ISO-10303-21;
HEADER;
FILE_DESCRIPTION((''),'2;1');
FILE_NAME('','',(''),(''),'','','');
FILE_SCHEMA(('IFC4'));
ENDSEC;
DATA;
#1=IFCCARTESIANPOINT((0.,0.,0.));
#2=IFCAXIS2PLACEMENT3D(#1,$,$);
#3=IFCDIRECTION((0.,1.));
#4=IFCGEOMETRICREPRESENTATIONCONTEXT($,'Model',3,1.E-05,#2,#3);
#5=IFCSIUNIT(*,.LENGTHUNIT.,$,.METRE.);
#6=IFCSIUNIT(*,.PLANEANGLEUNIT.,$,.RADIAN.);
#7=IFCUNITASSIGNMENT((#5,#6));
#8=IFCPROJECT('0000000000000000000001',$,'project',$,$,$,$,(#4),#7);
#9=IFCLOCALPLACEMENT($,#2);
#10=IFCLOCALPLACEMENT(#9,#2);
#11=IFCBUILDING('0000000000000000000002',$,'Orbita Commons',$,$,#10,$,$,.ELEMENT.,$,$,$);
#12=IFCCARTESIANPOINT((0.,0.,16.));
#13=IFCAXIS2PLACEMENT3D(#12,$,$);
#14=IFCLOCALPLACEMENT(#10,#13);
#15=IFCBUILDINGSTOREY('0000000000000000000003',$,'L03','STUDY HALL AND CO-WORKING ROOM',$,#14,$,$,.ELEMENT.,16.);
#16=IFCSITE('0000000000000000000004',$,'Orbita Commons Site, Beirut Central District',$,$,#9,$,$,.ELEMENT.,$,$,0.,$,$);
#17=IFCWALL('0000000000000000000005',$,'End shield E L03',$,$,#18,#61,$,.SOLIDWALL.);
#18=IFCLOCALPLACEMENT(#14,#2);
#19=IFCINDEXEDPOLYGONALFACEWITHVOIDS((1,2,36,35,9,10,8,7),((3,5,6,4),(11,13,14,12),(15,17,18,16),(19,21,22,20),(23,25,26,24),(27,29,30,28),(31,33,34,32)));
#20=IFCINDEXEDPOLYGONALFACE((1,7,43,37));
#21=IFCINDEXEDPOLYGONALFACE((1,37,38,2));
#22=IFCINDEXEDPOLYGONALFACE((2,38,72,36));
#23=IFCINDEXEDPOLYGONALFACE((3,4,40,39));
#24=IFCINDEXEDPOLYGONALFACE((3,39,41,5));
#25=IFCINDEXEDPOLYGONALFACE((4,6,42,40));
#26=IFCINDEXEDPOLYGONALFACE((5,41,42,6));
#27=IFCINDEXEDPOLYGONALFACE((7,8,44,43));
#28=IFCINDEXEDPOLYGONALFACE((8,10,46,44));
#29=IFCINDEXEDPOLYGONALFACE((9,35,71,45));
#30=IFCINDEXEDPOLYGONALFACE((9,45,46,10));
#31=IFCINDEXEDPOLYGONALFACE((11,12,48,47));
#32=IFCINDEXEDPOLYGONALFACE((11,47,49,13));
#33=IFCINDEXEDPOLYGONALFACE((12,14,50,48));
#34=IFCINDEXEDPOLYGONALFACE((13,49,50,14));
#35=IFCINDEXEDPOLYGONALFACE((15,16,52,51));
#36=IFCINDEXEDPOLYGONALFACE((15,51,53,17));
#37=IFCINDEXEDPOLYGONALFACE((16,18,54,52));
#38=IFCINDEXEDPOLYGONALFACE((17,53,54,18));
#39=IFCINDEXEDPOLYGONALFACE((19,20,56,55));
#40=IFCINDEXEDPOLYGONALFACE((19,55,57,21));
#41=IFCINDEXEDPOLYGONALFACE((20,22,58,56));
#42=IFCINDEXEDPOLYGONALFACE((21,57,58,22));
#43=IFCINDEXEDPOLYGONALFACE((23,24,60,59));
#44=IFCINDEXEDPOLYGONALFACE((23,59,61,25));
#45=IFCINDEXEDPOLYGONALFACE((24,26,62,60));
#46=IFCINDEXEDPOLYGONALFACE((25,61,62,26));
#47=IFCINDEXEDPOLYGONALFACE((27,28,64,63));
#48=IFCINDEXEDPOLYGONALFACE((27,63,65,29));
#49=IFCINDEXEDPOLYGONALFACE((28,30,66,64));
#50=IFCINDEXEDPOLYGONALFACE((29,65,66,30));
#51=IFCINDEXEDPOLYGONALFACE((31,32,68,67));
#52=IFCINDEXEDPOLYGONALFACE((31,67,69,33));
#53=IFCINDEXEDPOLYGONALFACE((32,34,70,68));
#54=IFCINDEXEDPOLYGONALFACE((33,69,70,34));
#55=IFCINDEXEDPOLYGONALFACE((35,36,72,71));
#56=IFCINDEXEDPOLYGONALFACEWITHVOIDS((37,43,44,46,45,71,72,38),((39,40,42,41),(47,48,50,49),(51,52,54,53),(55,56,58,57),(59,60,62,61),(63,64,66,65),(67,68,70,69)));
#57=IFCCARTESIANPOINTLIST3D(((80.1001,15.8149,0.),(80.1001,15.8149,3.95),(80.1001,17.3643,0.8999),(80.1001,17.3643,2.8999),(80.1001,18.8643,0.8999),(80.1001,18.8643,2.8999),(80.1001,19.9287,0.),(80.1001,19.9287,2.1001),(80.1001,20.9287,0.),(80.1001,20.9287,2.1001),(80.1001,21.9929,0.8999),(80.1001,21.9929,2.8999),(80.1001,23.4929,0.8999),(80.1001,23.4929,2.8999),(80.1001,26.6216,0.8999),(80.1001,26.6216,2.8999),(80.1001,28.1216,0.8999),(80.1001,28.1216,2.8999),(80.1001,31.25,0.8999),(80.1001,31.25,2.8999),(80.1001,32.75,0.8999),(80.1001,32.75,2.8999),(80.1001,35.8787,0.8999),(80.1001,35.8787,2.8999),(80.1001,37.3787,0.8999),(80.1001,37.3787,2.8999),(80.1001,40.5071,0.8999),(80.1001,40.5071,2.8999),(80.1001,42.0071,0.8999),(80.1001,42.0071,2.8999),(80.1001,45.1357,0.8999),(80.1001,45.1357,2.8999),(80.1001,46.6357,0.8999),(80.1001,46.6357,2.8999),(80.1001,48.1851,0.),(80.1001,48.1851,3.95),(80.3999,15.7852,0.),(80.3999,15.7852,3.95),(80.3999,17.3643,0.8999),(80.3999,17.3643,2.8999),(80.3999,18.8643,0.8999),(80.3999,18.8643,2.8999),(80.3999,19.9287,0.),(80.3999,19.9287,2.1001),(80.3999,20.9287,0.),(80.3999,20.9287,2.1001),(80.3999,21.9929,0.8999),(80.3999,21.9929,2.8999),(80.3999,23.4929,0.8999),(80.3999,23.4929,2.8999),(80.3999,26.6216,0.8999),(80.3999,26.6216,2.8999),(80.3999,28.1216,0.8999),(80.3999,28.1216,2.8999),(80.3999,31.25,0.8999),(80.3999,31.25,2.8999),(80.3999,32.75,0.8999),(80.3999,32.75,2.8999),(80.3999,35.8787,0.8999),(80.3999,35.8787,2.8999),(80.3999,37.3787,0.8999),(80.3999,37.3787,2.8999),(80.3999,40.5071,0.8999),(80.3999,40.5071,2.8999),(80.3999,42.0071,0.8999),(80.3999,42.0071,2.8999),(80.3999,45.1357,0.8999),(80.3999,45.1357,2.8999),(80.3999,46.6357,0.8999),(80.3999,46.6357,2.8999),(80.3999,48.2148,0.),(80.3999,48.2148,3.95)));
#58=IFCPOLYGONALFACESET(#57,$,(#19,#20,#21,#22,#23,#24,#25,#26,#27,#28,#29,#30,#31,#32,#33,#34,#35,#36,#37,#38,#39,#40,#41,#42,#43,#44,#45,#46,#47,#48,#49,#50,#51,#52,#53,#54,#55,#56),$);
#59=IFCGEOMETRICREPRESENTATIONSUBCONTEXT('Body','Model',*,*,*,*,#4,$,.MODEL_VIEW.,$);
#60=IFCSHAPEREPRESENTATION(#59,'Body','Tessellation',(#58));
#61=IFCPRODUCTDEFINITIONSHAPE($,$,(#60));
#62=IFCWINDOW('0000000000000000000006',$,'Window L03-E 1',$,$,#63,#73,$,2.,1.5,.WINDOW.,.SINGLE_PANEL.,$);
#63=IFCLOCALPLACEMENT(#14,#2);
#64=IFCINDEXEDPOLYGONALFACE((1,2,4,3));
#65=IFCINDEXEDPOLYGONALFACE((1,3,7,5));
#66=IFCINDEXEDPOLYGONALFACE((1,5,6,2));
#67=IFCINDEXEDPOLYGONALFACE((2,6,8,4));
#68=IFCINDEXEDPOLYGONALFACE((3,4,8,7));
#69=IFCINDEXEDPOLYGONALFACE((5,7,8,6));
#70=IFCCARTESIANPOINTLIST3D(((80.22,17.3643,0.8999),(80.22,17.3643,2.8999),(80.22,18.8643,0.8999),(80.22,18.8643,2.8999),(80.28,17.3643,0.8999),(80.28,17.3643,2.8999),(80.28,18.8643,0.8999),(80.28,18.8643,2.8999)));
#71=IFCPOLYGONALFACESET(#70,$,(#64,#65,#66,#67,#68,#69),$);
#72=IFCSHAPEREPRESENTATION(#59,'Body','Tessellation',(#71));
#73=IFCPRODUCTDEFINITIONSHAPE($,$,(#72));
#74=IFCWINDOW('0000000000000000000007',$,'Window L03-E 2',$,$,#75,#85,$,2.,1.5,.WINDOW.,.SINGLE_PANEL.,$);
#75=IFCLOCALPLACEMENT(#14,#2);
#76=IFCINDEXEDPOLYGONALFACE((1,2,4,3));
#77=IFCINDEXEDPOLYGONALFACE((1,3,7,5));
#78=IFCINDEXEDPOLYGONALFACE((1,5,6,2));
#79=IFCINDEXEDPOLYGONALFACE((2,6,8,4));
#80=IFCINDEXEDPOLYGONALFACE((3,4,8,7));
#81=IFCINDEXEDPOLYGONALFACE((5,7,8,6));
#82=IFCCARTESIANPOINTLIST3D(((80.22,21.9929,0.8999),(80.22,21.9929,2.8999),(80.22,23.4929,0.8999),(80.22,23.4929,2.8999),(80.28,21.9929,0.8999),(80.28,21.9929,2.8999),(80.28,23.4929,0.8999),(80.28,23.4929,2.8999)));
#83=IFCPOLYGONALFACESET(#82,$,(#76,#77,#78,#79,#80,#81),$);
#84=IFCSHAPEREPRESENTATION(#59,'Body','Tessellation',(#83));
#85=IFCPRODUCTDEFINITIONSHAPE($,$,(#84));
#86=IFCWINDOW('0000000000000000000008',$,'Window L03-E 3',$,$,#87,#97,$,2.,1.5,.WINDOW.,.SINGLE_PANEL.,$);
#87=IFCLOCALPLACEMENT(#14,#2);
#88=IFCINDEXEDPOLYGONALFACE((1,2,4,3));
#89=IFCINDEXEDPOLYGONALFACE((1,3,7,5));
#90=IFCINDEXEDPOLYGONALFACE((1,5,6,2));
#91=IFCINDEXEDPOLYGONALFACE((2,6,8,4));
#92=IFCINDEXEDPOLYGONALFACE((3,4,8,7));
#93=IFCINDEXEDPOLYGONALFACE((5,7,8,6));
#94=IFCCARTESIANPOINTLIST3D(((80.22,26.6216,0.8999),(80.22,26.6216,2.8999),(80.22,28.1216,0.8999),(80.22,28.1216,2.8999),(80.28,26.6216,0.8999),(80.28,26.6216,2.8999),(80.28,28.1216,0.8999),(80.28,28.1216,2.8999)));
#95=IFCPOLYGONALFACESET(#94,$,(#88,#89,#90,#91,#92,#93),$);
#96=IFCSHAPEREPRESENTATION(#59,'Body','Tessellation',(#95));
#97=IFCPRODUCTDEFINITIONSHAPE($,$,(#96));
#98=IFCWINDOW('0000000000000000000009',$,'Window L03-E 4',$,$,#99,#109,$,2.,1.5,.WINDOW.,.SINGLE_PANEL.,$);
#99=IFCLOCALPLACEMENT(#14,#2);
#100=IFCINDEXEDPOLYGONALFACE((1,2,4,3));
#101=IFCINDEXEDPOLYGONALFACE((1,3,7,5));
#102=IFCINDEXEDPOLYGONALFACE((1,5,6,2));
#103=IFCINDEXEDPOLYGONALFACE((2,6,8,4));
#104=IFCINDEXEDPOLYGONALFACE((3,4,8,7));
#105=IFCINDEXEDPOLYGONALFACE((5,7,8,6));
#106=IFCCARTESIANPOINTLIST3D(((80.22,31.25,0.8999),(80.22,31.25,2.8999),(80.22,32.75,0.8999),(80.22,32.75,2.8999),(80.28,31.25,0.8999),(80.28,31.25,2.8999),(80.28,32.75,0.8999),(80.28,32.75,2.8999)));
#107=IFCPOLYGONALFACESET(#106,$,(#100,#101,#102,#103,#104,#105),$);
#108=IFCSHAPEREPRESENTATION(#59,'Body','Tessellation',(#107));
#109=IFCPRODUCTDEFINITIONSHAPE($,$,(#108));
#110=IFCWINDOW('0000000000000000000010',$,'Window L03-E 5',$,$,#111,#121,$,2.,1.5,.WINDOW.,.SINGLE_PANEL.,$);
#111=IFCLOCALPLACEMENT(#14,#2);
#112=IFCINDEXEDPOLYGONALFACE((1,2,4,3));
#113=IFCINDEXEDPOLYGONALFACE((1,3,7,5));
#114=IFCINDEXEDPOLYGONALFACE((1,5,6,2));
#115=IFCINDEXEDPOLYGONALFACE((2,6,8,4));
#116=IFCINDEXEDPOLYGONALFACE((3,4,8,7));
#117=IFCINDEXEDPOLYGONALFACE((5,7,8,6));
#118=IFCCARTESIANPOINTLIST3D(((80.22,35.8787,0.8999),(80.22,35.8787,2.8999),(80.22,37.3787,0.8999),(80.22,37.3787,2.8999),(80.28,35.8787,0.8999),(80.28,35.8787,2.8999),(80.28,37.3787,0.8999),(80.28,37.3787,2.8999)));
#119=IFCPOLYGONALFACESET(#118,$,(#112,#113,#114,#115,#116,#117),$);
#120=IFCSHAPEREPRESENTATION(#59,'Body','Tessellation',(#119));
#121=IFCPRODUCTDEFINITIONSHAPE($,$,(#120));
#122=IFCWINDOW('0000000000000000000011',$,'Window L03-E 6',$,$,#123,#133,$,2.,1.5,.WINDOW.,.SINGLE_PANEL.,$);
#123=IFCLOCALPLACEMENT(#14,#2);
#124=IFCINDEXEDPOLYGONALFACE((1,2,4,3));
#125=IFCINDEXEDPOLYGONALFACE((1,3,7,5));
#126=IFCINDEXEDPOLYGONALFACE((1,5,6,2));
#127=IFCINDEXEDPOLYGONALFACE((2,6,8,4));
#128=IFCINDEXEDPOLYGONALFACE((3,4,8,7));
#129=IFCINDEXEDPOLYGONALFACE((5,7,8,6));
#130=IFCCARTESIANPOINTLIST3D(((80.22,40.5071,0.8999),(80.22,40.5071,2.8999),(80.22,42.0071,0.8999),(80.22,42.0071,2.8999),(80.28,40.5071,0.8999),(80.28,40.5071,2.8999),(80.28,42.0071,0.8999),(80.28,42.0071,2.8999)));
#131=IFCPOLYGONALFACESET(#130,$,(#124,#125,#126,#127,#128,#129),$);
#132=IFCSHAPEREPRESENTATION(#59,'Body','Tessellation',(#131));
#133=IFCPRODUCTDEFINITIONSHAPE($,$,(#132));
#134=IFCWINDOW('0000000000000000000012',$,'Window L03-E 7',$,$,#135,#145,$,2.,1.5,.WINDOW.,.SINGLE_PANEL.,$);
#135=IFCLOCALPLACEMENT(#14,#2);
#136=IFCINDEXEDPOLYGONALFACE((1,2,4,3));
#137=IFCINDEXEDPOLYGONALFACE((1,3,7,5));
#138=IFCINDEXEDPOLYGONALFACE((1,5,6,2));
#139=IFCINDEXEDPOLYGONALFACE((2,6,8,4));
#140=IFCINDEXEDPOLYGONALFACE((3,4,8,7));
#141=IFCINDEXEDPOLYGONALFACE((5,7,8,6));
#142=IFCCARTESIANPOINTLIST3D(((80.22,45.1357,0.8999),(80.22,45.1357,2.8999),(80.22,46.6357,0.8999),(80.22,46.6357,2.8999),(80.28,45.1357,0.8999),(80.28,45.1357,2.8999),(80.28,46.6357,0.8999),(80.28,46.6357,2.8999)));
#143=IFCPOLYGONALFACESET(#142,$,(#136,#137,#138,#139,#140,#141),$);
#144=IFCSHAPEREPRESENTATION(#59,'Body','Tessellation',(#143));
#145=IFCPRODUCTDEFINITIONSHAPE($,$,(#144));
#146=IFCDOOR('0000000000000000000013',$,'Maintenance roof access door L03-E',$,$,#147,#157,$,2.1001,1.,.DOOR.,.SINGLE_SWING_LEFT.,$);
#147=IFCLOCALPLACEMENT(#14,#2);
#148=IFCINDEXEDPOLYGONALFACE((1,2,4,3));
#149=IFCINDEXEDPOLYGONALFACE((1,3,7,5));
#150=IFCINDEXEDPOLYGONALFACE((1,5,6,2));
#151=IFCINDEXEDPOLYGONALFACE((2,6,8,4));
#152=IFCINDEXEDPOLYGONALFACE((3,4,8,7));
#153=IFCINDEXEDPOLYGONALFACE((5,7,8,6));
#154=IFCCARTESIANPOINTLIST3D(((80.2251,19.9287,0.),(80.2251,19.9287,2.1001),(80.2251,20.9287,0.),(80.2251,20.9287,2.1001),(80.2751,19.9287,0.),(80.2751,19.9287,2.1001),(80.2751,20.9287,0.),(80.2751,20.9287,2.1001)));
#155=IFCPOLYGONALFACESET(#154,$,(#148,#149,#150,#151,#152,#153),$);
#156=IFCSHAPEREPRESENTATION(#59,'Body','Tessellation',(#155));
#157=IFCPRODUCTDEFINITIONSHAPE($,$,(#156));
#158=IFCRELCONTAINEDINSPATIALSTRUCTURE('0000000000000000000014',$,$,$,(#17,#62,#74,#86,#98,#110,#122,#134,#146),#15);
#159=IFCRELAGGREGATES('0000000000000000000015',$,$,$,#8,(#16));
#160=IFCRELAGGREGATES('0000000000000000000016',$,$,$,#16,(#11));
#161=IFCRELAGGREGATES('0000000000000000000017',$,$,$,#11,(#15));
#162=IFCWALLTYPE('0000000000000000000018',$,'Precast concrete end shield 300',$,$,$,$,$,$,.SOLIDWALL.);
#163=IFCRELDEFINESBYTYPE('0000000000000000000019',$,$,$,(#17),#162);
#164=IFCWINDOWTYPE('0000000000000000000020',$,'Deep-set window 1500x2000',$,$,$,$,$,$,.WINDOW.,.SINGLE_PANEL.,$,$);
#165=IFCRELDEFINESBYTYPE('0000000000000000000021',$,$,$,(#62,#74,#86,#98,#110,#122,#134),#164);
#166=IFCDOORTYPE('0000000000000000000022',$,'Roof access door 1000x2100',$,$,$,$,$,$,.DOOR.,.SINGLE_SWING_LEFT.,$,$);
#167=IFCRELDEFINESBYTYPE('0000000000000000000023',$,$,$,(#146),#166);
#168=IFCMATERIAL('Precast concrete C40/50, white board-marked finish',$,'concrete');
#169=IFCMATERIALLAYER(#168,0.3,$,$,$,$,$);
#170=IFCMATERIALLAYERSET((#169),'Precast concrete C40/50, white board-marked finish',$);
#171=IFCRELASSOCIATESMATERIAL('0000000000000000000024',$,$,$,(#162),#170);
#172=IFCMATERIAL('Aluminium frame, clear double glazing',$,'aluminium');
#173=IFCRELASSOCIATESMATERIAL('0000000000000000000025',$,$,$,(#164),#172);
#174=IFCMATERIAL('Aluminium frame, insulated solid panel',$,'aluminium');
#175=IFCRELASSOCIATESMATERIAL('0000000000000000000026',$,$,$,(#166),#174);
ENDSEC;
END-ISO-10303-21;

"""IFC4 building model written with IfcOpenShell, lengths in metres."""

from ifc_helpers import new_model, si_unit, direction, frame, frame_2d, origin, place, context, subcontext, project, spatial, polyline, rectangle, outline, extrude, material, layer, layer_set, type_object, element, fill, save


model = new_model("IFC4")

# Units and contexts
model_context = context("Model", 3, precision=1e-05, world=origin(), true_north=direction((0.0, 1.0)))
body_context = subcontext(model_context, "Body", "Model", "MODEL_VIEW")
ifc_project = project(units=[si_unit("LENGTHUNIT", "METRE"), si_unit("PLANEANGLEUNIT", "RADIAN")], contexts=[model_context])

# Site, building, storey
site_placement = place(None, origin())
site = spatial("IfcSite", under=ifc_project, at=site_placement, Name="Orbita Commons Site, Beirut Central District", CompositionType="ELEMENT", RefElevation=0.0)
building_placement = place(site_placement, origin())
building = spatial("IfcBuilding", under=site, at=building_placement, Name="Orbita Commons", CompositionType="ELEMENT")
storey_placement = place(building_placement, frame((0.0, 0.0, 16.0)))
storey = spatial("IfcBuildingStorey", under=building, at=storey_placement, Name="L03", Description="STUDY HALL AND CO-WORKING ROOM", CompositionType="ELEMENT", Elevation=16.0)

# Wall, openings, windows, door
ifc_material_1 = material(Name="Precast concrete C40/50, white board-marked finish", Category="concrete")
ifc_layer_1 = layer(ifc_material_1, 0.3)
ifc_layer_set_1 = layer_set([ifc_layer_1], Name="Precast concrete C40/50, white board-marked finish")
wall_type_1 = type_object("IfcWallType", Name="Precast concrete end shield 300", PredefinedType="SOLIDWALL", material=ifc_layer_set_1)
wall_1_placement = place(storey_placement, frame((80.25, 15.8, 0.0), z_axis=(0.0, 0.0, 1.0), x_axis=(0.0, 1.0, 0.0)))
wall_1 = element("IfcWall", 1, at=wall_1_placement, inside=storey, type_object=wall_type_1, Name="End shield E L03", PredefinedType="SOLIDWALL", context=body_context, shape_type="SweptSolid", body=[
    extrude(outline(polyline([(-0.0149, -0.1499), (32.4148, -0.1499), (32.385, 0.1499), (0.0149, 0.1499), (-0.0149, -0.1499)])), origin(), (0.0, 0.0, 1.0), 3.95),
])
opening_1_placement = place(wall_1_placement, frame((1.5642, 0.0, 0.8999)))
opening_1 = element("IfcOpeningElement", 2, at=opening_1_placement, cuts=wall_1, PredefinedType="OPENING", context=body_context, shape_type="SweptSolid", body=[
    extrude(rectangle(XDim=1.5, YDim=2.0, at=frame_2d((0.75, 1.0))), frame((0.0, 0.1599, 0.0), z_axis=(0.0, -1.0, 0.0), x_axis=(1.0, 0.0, 0.0)), (0.0, 0.0, 1.0), 0.3201),
])
opening_2_placement = place(wall_1_placement, frame((6.1929, 0.0, 0.8999)))
opening_2 = element("IfcOpeningElement", 3, at=opening_2_placement, cuts=wall_1, PredefinedType="OPENING", context=body_context, shape_type="SweptSolid", body=[
    extrude(rectangle(XDim=1.5, YDim=2.0, at=frame_2d((0.75, 1.0))), frame((0.0, 0.1599, 0.0), z_axis=(0.0, -1.0, 0.0), x_axis=(1.0, 0.0, 0.0)), (0.0, 0.0, 1.0), 0.3201),
])
opening_3_placement = place(wall_1_placement, frame((10.8215, 0.0, 0.8999)))
opening_3 = element("IfcOpeningElement", 4, at=opening_3_placement, cuts=wall_1, PredefinedType="OPENING", context=body_context, shape_type="SweptSolid", body=[
    extrude(rectangle(XDim=1.5, YDim=2.0, at=frame_2d((0.75, 1.0))), frame((0.0, 0.1599, 0.0), z_axis=(0.0, -1.0, 0.0), x_axis=(1.0, 0.0, 0.0)), (0.0, 0.0, 1.0), 0.3201),
])
opening_4_placement = place(wall_1_placement, frame((15.45, 0.0, 0.8999)))
opening_4 = element("IfcOpeningElement", 5, at=opening_4_placement, cuts=wall_1, PredefinedType="OPENING", context=body_context, shape_type="SweptSolid", body=[
    extrude(rectangle(XDim=1.5, YDim=2.0, at=frame_2d((0.75, 1.0))), frame((0.0, 0.1599, 0.0), z_axis=(0.0, -1.0, 0.0), x_axis=(1.0, 0.0, 0.0)), (0.0, 0.0, 1.0), 0.3201),
])
opening_5_placement = place(wall_1_placement, frame((20.0786, 0.0, 0.8999)))
opening_5 = element("IfcOpeningElement", 6, at=opening_5_placement, cuts=wall_1, PredefinedType="OPENING", context=body_context, shape_type="SweptSolid", body=[
    extrude(rectangle(XDim=1.5, YDim=2.0, at=frame_2d((0.75, 1.0))), frame((0.0, 0.1599, 0.0), z_axis=(0.0, -1.0, 0.0), x_axis=(1.0, 0.0, 0.0)), (0.0, 0.0, 1.0), 0.3201),
])
opening_6_placement = place(wall_1_placement, frame((24.707, 0.0, 0.8999)))
opening_6 = element("IfcOpeningElement", 7, at=opening_6_placement, cuts=wall_1, PredefinedType="OPENING", context=body_context, shape_type="SweptSolid", body=[
    extrude(rectangle(XDim=1.5, YDim=2.0, at=frame_2d((0.75, 1.0))), frame((0.0, 0.1599, 0.0), z_axis=(0.0, -1.0, 0.0), x_axis=(1.0, 0.0, 0.0)), (0.0, 0.0, 1.0), 0.3201),
])
opening_7_placement = place(wall_1_placement, frame((29.3357, 0.0, 0.8999)))
opening_7 = element("IfcOpeningElement", 8, at=opening_7_placement, cuts=wall_1, PredefinedType="OPENING", context=body_context, shape_type="SweptSolid", body=[
    extrude(rectangle(XDim=1.5, YDim=2.0, at=frame_2d((0.75, 1.0))), frame((0.0, 0.1599, 0.0), z_axis=(0.0, -1.0, 0.0), x_axis=(1.0, 0.0, 0.0)), (0.0, 0.0, 1.0), 0.3201),
])
opening_8_placement = place(wall_1_placement, frame((4.1287, 0.0, 0.0)))
opening_8 = element("IfcOpeningElement", 9, at=opening_8_placement, cuts=wall_1, PredefinedType="OPENING", context=body_context, shape_type="SweptSolid", body=[
    extrude(rectangle(XDim=1.0, YDim=2.1001, at=frame_2d((0.5, 1.05))), frame((0.0, 0.1599, 0.0), z_axis=(0.0, -1.0, 0.0), x_axis=(1.0, 0.0, 0.0)), (0.0, 0.0, 1.0), 0.3201),
])
ifc_material_2 = material(Name="Aluminium frame, clear double glazing", Category="aluminium")
window_type = type_object("IfcWindowType", Name="Deep-set window 1500x2000", PartitioningType="SINGLE_PANEL", PredefinedType="WINDOW", material=ifc_material_2)
window_1_placement = place(opening_1_placement, origin())
window_1 = element("IfcWindow", 10, at=window_1_placement, inside=storey, type_object=window_type, Name="Window L03-E 1", OverallHeight=2.0, OverallWidth=1.5, PartitioningType="SINGLE_PANEL", PredefinedType="WINDOW", context=body_context, shape_type="SweptSolid", body=[
    extrude(rectangle(XDim=1.5, YDim=2.0, at=frame_2d((0.75, 1.0))), frame((0.0, 0.03, 0.0), z_axis=(0.0, -1.0, 0.0), x_axis=(1.0, 0.0, 0.0)), (0.0, 0.0, 1.0), 0.0601),
])
fill(opening_1, window_1)
window_2_placement = place(opening_2_placement, origin())
window_2 = element("IfcWindow", 11, at=window_2_placement, inside=storey, type_object=window_type, Name="Window L03-E 2", OverallHeight=2.0, OverallWidth=1.5, PartitioningType="SINGLE_PANEL", PredefinedType="WINDOW", context=body_context, shape_type="SweptSolid", body=[
    extrude(rectangle(XDim=1.5, YDim=2.0, at=frame_2d((0.75, 1.0))), frame((0.0, 0.03, 0.0), z_axis=(0.0, -1.0, 0.0), x_axis=(1.0, 0.0, 0.0)), (0.0, 0.0, 1.0), 0.0601),
])
fill(opening_2, window_2)
window_3_placement = place(opening_3_placement, origin())
window_3 = element("IfcWindow", 12, at=window_3_placement, inside=storey, type_object=window_type, Name="Window L03-E 3", OverallHeight=2.0, OverallWidth=1.5, PartitioningType="SINGLE_PANEL", PredefinedType="WINDOW", context=body_context, shape_type="SweptSolid", body=[
    extrude(rectangle(XDim=1.5, YDim=2.0, at=frame_2d((0.75, 1.0))), frame((0.0, 0.03, 0.0), z_axis=(0.0, -1.0, 0.0), x_axis=(1.0, 0.0, 0.0)), (0.0, 0.0, 1.0), 0.0601),
])
fill(opening_3, window_3)
window_4_placement = place(opening_4_placement, origin())
window_4 = element("IfcWindow", 13, at=window_4_placement, inside=storey, type_object=window_type, Name="Window L03-E 4", OverallHeight=2.0, OverallWidth=1.5, PartitioningType="SINGLE_PANEL", PredefinedType="WINDOW", context=body_context, shape_type="SweptSolid", body=[
    extrude(rectangle(XDim=1.5, YDim=2.0, at=frame_2d((0.75, 1.0))), frame((0.0, 0.03, 0.0), z_axis=(0.0, -1.0, 0.0), x_axis=(1.0, 0.0, 0.0)), (0.0, 0.0, 1.0), 0.0601),
])
fill(opening_4, window_4)
window_5_placement = place(opening_5_placement, origin())
window_5 = element("IfcWindow", 14, at=window_5_placement, inside=storey, type_object=window_type, Name="Window L03-E 5", OverallHeight=2.0, OverallWidth=1.5, PartitioningType="SINGLE_PANEL", PredefinedType="WINDOW", context=body_context, shape_type="SweptSolid", body=[
    extrude(rectangle(XDim=1.5, YDim=2.0, at=frame_2d((0.75, 1.0))), frame((0.0, 0.03, 0.0), z_axis=(0.0, -1.0, 0.0), x_axis=(1.0, 0.0, 0.0)), (0.0, 0.0, 1.0), 0.0601),
])
fill(opening_5, window_5)
window_6_placement = place(opening_6_placement, origin())
window_6 = element("IfcWindow", 15, at=window_6_placement, inside=storey, type_object=window_type, Name="Window L03-E 6", OverallHeight=2.0, OverallWidth=1.5, PartitioningType="SINGLE_PANEL", PredefinedType="WINDOW", context=body_context, shape_type="SweptSolid", body=[
    extrude(rectangle(XDim=1.5, YDim=2.0, at=frame_2d((0.75, 1.0))), frame((0.0, 0.03, 0.0), z_axis=(0.0, -1.0, 0.0), x_axis=(1.0, 0.0, 0.0)), (0.0, 0.0, 1.0), 0.0601),
])
fill(opening_6, window_6)
window_7_placement = place(opening_7_placement, origin())
window_7 = element("IfcWindow", 16, at=window_7_placement, inside=storey, type_object=window_type, Name="Window L03-E 7", OverallHeight=2.0, OverallWidth=1.5, PartitioningType="SINGLE_PANEL", PredefinedType="WINDOW", context=body_context, shape_type="SweptSolid", body=[
    extrude(rectangle(XDim=1.5, YDim=2.0, at=frame_2d((0.75, 1.0))), frame((0.0, 0.03, 0.0), z_axis=(0.0, -1.0, 0.0), x_axis=(1.0, 0.0, 0.0)), (0.0, 0.0, 1.0), 0.0601),
])
fill(opening_7, window_7)
ifc_material_3 = material(Name="Aluminium frame, insulated solid panel", Category="aluminium")
door_type_1 = type_object("IfcDoorType", Name="Roof access door 1000x2100", OperationType="SINGLE_SWING_LEFT", PredefinedType="DOOR", material=ifc_material_3)
door_1_placement = place(opening_8_placement, origin())
door_1 = element("IfcDoor", 17, at=door_1_placement, inside=storey, type_object=door_type_1, Name="Maintenance roof access door L03-E", OperationType="SINGLE_SWING_LEFT", OverallHeight=2.1001, OverallWidth=1.0, PredefinedType="DOOR", context=body_context, shape_type="SweptSolid", body=[
    extrude(rectangle(XDim=1.0, YDim=2.1001, at=frame_2d((0.5, 1.05))), frame((0.0, 0.0249, 0.0), z_axis=(0.0, -1.0, 0.0), x_axis=(1.0, 0.0, 0.0)), (0.0, 0.0, 1.0), 0.05),
])
fill(opening_8, door_1)

save(model, "model.ifc")
